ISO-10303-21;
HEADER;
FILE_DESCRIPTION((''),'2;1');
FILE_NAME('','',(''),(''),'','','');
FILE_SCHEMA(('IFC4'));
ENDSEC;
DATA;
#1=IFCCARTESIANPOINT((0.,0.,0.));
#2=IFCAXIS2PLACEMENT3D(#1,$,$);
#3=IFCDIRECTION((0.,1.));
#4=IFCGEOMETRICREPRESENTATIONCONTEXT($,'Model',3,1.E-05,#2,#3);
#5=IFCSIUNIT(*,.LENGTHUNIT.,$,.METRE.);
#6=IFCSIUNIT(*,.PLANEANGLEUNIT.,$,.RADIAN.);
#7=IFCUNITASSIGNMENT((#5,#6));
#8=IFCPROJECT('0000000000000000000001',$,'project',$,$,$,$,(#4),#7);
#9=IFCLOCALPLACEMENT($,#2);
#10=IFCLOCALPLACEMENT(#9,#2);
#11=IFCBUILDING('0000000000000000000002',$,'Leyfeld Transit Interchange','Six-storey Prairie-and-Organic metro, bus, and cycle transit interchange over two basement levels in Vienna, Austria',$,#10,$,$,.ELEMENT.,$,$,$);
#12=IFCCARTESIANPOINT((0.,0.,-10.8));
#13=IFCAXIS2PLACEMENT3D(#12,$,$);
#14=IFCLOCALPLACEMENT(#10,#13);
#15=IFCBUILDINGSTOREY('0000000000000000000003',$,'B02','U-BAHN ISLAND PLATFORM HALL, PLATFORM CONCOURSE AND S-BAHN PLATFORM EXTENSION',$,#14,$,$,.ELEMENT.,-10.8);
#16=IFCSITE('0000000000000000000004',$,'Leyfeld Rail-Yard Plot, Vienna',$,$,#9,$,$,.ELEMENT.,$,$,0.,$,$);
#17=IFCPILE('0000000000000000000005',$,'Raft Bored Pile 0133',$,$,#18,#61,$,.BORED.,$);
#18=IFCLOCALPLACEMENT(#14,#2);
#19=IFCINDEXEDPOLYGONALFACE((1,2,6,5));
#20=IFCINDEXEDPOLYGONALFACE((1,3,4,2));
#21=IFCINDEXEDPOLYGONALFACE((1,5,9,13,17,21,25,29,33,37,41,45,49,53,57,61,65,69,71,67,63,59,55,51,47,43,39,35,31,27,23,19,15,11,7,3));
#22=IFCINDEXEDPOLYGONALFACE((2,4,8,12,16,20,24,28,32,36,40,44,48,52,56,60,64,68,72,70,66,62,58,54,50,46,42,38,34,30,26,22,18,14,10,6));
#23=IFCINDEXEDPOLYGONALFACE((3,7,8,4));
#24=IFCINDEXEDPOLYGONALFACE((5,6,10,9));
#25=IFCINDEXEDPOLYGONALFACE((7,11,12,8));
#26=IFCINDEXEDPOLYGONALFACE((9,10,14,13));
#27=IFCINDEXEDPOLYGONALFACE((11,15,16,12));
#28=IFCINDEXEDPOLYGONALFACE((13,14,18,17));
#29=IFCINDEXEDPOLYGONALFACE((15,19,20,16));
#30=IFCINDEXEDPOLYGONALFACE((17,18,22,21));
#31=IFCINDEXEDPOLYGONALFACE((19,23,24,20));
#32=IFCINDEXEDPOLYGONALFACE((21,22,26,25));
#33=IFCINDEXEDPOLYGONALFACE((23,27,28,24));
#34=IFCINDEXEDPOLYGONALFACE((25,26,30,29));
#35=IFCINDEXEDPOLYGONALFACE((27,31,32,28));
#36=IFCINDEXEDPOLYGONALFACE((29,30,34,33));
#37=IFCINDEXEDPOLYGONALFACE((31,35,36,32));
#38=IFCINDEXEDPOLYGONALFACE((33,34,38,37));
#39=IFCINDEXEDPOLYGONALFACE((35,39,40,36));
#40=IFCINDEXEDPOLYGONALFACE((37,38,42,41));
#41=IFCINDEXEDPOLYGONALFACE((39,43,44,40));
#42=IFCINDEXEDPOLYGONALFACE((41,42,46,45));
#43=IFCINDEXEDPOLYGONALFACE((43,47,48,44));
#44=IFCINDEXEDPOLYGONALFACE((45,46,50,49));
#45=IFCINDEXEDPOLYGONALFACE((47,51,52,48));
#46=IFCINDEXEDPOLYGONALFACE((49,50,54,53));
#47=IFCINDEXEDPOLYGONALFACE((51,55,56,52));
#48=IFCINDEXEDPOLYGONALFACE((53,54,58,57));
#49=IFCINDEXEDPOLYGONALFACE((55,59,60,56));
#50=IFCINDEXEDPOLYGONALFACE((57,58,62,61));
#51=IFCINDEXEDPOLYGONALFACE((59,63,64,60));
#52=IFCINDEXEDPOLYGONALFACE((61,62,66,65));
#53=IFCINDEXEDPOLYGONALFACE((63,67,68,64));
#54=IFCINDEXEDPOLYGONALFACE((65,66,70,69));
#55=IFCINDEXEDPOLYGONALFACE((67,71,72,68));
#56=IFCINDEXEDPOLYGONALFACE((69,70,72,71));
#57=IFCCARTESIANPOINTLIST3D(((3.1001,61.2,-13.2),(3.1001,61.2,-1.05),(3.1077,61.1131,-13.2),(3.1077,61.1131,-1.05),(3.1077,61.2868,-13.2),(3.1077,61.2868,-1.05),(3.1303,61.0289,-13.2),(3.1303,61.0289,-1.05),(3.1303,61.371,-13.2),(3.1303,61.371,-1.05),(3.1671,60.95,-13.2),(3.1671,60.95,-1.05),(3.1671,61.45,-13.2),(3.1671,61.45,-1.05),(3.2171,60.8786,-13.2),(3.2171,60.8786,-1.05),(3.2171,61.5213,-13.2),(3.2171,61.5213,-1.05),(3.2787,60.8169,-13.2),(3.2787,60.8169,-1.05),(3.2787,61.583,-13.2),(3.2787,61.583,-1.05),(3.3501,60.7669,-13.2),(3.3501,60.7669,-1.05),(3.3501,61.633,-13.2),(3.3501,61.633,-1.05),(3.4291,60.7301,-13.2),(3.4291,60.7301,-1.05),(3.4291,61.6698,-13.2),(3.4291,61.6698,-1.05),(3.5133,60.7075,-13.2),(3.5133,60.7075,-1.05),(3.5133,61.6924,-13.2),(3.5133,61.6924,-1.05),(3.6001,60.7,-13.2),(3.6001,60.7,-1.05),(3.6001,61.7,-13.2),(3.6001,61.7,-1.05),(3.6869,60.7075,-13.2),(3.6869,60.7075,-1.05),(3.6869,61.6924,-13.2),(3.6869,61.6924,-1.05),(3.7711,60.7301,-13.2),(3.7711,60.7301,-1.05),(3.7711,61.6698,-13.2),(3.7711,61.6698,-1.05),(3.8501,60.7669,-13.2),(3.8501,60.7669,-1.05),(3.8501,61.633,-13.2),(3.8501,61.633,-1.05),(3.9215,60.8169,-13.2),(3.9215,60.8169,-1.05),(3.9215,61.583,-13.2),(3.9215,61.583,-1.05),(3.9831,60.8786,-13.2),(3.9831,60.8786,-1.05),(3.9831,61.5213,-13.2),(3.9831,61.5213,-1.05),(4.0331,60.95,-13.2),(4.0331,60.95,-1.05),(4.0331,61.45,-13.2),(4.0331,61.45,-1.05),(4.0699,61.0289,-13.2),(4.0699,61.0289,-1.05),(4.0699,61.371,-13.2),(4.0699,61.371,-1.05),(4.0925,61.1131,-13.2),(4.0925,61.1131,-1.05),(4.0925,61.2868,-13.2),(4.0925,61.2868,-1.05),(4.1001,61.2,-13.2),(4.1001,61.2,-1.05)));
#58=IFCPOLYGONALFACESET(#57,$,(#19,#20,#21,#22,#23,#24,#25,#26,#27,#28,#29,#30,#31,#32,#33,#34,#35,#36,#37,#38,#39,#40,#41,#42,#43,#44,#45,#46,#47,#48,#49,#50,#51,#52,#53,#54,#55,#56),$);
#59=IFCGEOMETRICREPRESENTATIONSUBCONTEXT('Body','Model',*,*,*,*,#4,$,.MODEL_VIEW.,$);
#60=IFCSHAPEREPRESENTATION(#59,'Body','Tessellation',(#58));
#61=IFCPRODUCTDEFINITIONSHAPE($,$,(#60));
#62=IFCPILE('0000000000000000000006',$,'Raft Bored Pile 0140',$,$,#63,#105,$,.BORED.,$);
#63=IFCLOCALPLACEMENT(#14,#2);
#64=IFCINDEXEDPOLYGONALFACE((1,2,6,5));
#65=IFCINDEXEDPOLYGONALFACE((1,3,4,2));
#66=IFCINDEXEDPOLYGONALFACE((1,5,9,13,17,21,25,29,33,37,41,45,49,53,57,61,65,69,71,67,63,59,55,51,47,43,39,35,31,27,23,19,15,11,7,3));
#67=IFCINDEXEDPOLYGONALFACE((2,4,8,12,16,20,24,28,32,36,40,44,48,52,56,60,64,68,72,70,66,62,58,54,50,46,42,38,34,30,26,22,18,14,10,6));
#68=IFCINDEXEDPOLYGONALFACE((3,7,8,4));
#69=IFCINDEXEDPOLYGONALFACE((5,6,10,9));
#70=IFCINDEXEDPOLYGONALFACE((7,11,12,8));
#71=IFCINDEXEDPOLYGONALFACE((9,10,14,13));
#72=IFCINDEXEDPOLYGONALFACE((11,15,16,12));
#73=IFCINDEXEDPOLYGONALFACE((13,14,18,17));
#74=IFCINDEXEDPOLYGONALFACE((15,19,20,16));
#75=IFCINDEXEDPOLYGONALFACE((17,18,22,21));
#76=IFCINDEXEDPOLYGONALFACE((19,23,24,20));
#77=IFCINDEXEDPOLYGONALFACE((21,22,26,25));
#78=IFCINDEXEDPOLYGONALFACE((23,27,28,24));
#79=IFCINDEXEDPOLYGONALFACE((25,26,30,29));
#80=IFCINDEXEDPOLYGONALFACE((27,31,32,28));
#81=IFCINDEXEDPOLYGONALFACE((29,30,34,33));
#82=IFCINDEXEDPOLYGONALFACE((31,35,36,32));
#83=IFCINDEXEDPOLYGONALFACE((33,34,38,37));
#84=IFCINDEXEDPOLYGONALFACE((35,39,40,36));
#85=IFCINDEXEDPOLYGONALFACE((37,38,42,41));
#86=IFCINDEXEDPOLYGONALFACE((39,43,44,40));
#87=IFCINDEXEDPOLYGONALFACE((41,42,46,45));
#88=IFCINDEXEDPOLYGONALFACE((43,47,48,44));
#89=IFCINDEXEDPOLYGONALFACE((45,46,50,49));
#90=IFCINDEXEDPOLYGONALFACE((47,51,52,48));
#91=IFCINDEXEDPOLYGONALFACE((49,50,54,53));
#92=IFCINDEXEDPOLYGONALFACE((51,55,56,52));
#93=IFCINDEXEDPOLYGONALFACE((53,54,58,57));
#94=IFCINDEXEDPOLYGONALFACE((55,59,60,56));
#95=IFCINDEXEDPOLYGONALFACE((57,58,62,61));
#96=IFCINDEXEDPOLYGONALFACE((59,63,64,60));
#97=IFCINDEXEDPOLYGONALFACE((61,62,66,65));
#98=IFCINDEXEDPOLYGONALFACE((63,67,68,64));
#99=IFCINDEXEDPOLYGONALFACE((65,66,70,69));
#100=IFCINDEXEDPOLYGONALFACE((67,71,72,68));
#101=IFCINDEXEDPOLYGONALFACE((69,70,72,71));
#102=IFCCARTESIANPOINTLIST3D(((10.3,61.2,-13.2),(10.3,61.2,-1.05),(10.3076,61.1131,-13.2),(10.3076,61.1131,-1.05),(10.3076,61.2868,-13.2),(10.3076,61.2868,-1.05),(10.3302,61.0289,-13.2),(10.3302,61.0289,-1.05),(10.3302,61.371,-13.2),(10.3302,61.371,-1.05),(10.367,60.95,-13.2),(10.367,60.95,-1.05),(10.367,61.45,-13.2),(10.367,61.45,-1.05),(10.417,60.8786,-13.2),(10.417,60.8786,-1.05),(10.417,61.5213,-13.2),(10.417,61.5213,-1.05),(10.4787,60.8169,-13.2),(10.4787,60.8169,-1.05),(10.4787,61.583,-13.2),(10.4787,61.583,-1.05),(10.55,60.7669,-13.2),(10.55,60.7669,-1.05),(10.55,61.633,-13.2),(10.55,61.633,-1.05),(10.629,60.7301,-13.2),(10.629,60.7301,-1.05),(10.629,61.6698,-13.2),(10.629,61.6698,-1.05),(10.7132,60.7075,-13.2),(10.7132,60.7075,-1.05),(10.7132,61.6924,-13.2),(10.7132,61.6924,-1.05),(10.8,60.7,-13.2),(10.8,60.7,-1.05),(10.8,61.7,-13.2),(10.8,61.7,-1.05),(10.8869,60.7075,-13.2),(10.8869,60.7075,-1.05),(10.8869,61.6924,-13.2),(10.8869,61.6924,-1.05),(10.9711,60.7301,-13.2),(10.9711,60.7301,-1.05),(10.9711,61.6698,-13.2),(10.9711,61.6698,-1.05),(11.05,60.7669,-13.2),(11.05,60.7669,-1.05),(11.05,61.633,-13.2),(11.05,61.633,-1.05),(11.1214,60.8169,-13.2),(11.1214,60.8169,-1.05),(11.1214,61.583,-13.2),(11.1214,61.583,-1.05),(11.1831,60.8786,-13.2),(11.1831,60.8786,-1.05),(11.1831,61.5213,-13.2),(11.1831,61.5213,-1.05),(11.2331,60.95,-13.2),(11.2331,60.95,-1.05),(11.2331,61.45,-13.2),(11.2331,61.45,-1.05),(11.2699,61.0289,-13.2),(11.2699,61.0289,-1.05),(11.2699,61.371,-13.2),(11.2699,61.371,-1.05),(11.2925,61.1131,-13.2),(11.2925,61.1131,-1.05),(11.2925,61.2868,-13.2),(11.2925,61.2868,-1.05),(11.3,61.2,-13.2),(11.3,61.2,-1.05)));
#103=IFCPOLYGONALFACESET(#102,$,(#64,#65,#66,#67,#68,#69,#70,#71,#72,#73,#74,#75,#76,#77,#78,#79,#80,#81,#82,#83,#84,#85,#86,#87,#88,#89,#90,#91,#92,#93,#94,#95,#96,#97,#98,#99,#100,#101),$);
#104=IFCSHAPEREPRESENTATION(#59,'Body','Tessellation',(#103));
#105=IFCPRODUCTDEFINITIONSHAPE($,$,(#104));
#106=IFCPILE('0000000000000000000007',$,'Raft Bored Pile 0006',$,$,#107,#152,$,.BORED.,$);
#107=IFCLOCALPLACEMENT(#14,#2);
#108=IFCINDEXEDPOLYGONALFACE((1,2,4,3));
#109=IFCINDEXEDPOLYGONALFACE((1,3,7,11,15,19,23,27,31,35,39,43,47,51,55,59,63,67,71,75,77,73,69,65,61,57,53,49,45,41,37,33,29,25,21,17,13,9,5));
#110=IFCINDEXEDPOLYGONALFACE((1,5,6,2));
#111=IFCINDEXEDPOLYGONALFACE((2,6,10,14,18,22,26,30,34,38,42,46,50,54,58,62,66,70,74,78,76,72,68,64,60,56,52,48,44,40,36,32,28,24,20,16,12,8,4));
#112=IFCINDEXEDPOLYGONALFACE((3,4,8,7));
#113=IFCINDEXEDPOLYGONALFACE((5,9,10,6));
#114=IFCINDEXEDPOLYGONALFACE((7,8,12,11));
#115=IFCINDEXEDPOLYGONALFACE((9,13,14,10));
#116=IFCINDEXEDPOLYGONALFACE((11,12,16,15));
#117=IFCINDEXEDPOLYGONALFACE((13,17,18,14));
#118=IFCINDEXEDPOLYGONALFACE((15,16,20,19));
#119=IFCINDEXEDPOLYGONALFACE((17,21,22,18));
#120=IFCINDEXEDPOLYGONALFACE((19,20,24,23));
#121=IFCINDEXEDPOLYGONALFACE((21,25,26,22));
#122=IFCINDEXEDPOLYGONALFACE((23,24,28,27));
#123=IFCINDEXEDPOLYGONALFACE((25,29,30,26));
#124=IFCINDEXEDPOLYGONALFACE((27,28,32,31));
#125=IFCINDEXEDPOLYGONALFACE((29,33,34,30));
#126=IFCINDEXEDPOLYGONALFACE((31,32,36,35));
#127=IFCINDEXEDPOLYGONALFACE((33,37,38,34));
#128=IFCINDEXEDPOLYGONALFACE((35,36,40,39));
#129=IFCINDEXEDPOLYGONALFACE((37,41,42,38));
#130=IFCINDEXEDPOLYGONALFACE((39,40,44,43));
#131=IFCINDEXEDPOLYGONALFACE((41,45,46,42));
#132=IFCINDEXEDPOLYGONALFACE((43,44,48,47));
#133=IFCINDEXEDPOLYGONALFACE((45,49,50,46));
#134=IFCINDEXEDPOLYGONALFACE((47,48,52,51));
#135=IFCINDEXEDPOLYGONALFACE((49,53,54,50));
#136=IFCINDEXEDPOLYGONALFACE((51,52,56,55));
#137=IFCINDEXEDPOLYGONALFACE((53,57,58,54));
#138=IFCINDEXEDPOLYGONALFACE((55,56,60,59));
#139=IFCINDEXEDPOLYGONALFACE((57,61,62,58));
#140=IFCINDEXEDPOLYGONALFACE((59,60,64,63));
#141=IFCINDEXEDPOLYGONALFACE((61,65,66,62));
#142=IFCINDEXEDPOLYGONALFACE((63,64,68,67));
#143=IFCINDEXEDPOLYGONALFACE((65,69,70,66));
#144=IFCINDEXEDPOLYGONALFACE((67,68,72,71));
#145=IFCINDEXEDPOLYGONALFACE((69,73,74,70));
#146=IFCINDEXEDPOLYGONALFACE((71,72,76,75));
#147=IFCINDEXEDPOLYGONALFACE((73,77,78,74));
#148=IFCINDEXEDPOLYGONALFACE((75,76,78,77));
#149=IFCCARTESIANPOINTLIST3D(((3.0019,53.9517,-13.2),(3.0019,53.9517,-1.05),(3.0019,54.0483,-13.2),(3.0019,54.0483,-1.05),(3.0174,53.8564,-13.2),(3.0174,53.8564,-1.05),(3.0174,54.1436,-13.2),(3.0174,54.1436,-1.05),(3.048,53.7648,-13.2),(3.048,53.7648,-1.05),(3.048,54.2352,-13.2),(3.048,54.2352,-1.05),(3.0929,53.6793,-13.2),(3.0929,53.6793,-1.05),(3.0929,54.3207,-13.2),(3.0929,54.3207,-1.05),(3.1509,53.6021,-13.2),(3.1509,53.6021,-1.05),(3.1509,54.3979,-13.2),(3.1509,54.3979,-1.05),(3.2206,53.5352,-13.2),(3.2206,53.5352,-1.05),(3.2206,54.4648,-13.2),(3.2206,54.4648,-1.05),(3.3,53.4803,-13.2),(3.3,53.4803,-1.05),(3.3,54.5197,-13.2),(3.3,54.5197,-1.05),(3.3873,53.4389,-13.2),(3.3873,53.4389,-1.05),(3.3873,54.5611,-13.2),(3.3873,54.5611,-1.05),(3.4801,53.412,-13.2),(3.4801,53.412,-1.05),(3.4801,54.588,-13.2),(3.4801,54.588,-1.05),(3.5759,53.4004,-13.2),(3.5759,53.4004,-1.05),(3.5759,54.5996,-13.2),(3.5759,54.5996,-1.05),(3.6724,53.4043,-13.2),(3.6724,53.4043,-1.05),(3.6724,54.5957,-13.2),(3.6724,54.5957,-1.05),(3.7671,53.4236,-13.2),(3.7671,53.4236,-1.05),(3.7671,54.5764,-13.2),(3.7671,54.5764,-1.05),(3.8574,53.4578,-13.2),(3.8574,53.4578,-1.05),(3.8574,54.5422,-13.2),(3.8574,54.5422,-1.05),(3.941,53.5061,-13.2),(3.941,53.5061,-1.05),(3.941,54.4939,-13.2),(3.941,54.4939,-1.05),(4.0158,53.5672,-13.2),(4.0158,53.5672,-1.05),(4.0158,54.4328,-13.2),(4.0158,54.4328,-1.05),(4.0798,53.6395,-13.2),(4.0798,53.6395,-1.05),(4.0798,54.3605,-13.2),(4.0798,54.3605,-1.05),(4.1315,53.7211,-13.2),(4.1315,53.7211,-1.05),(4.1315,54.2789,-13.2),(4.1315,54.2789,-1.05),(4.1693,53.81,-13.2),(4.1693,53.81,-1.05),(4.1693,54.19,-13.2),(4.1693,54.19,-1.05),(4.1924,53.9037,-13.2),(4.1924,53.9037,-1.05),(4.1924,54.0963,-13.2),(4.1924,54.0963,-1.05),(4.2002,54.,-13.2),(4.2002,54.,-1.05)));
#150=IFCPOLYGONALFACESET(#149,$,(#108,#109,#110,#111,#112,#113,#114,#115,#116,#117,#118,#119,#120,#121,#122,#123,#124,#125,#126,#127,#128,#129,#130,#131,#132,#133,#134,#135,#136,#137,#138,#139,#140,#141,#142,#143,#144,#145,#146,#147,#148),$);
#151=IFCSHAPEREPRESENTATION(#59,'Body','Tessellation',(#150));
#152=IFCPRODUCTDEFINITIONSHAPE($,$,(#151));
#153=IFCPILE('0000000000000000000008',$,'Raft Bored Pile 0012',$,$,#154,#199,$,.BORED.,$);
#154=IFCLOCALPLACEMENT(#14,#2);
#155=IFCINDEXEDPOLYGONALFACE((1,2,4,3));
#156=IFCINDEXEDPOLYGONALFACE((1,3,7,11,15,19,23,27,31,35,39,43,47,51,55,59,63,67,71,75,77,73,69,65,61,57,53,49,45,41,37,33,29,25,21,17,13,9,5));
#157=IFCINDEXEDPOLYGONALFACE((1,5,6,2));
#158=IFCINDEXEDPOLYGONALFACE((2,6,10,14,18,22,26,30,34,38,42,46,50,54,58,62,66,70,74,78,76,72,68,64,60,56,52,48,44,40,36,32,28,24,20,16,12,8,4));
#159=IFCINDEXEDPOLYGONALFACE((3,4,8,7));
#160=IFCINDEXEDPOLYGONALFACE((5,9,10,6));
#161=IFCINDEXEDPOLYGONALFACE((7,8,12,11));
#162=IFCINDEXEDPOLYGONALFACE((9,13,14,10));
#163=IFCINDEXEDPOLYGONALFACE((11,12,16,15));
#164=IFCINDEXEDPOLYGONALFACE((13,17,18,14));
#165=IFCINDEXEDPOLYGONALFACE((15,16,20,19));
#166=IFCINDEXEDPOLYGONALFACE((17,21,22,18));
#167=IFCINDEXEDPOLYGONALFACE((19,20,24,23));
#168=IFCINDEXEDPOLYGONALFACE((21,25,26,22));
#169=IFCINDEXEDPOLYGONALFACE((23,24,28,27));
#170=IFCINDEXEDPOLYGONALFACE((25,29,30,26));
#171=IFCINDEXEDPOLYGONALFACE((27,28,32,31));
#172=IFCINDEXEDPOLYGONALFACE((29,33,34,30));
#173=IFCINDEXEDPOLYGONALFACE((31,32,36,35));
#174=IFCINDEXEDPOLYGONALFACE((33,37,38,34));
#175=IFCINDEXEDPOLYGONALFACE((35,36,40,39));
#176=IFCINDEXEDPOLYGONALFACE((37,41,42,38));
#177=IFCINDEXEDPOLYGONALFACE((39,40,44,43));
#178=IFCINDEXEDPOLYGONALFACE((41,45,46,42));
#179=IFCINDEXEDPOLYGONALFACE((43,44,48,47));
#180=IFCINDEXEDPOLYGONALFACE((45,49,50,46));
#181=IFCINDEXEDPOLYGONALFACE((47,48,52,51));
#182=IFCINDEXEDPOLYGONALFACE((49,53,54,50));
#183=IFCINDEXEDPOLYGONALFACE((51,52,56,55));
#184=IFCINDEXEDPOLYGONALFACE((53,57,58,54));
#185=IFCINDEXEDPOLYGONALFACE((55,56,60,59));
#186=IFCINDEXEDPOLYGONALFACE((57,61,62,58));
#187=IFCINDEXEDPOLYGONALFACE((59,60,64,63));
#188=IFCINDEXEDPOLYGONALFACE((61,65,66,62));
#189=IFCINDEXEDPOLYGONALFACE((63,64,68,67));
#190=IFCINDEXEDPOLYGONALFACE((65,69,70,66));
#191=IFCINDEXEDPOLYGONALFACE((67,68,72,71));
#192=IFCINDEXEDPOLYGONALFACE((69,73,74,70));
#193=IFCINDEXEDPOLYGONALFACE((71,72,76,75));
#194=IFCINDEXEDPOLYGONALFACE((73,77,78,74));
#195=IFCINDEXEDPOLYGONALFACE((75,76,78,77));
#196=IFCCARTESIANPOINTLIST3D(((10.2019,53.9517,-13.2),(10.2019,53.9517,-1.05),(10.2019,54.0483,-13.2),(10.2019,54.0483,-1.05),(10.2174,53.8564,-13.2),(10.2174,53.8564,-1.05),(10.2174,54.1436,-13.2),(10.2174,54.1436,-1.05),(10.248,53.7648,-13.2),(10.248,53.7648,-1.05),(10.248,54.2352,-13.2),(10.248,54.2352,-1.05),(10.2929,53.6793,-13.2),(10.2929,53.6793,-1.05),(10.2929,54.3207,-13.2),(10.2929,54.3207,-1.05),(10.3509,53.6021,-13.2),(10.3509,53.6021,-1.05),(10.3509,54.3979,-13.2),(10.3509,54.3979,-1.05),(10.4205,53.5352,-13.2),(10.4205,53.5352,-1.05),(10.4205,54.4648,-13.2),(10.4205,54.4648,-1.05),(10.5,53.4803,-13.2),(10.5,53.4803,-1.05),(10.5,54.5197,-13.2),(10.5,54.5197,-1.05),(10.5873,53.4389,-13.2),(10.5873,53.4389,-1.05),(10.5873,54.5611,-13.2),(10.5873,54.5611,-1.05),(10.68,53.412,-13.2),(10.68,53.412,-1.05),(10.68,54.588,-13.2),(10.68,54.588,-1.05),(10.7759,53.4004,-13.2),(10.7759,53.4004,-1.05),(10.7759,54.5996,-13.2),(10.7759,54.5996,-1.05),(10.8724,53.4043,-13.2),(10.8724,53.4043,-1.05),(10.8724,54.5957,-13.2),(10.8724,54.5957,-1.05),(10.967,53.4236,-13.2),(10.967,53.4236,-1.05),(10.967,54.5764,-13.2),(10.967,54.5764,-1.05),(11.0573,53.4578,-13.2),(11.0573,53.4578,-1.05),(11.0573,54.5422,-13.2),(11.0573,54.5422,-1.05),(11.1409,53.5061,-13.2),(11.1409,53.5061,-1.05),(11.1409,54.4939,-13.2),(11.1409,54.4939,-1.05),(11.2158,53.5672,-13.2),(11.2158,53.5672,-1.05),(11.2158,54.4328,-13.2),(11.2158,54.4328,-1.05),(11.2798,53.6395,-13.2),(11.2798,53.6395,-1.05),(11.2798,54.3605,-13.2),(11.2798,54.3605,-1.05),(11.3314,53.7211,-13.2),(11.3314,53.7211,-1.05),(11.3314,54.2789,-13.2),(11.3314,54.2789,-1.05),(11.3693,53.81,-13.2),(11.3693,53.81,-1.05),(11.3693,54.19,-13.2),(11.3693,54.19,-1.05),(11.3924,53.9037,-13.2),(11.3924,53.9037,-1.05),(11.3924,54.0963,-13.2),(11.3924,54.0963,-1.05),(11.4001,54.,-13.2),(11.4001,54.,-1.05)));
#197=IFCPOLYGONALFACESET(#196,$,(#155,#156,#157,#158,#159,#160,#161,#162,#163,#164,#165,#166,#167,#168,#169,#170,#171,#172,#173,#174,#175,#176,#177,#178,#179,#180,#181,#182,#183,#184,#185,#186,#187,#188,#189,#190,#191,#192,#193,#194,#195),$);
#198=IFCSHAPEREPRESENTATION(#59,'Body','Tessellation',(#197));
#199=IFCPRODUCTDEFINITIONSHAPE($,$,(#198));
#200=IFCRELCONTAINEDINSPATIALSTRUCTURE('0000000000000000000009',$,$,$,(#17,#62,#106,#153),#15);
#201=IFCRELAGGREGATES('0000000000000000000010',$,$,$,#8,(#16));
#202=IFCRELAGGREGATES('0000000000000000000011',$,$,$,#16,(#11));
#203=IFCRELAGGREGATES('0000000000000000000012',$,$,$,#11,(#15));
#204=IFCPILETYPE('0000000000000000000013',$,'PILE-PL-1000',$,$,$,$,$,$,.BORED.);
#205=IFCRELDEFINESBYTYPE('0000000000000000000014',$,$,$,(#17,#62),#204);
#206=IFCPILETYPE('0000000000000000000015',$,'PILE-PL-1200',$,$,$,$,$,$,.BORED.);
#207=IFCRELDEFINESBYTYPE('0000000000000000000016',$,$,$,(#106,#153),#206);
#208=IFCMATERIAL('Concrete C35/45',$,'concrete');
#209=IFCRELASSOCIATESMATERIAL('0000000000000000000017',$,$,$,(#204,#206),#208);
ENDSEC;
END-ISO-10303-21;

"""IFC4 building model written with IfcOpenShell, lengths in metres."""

from ifc_helpers import new_model, si_unit, direction, frame, origin, origin_2d, place, context, subcontext, project, spatial, circle, extrude, material, material_profile, profile_set, type_object, element, save


model = new_model("IFC4")

# Units and contexts
model_context = context("Model", 3, precision=1e-05, world=origin(), true_north=direction((0.0, 1.0)))
body_context = subcontext(model_context, "Body", "Model", "MODEL_VIEW")
ifc_project = project(units=[si_unit("LENGTHUNIT", "METRE"), si_unit("PLANEANGLEUNIT", "RADIAN")], contexts=[model_context])

# Site, building, storey
site_placement = place(None, origin())
site = spatial("IfcSite", under=ifc_project, at=site_placement, Name="Leyfeld Rail-Yard Plot, Vienna", CompositionType="ELEMENT", RefElevation=0.0)
building_placement = place(site_placement, origin())
building = spatial("IfcBuilding", under=site, at=building_placement, Name="Leyfeld Transit Interchange", Description="Six-storey Prairie-and-Organic metro, bus, and cycle transit interchange over two basement levels in Vienna, Austria", CompositionType="ELEMENT")
storey_placement = place(building_placement, frame((0.0, 0.0, -10.8)))
storey = spatial("IfcBuildingStorey", under=building, at=storey_placement, Name="B02", Description="U-BAHN ISLAND PLATFORM HALL, PLATFORM CONCOURSE AND S-BAHN PLATFORM EXTENSION", CompositionType="ELEMENT", Elevation=-10.8)

# Piles
ifc_material_1 = material(Name="Concrete C35/45", Category="concrete")
ifc_material_profile_1 = material_profile(ifc_material_1, circle(Radius=0.5, at=origin_2d()), Name="PILE D1000")
ifc_profile_set_1 = profile_set([ifc_material_profile_1], Name="Concrete C35/45")
pile_type_1 = type_object("IfcPileType", Name="PILE-PL-1000", PredefinedType="BORED", material=ifc_profile_set_1)
for number, where, z_axis, x_axis, name in (
    (1, (3.6001, 61.2, -1.05), (0.0, 0.0, -1.0), (1.0, 0.0, 0.0), "Raft Bored Pile 0133"),
    (2, (10.8, 61.2, -1.05), (0.0, 0.0, -1.0), (1.0, 0.0, 0.0), "Raft Bored Pile 0140"),
):
    element("IfcPile", number, at=place(storey_placement, frame(where, z_axis=z_axis, x_axis=x_axis)), inside=storey, type_object=pile_type_1, Name=name, PredefinedType="BORED", context=body_context, shape_type="SweptSolid", body=[
        extrude(circle(Radius=0.5, at=origin_2d()), origin(), (0.0, 0.0, 1.0), 12.1499),
    ])
ifc_material_profile_2 = material_profile(ifc_material_1, circle(Radius=0.6001, at=origin_2d()), Name="PILE D1200")
ifc_profile_set_2 = profile_set([ifc_material_profile_2], Name="Concrete C35/45")
pile_type_2 = type_object("IfcPileType", Name="PILE-PL-1200", PredefinedType="BORED", material=ifc_profile_set_2)
for number, where, z_axis, x_axis, name in (
    (3, (3.6001, 54.0, -1.05), (0.0, 0.0, -1.0), (1.0, 0.0, 0.0), "Raft Bored Pile 0006"),
    (4, (10.8, 54.0, -1.05), (0.0, 0.0, -1.0), (1.0, 0.0, 0.0), "Raft Bored Pile 0012"),
):
    element("IfcPile", number, at=place(storey_placement, frame(where, z_axis=z_axis, x_axis=x_axis)), inside=storey, type_object=pile_type_2, Name=name, PredefinedType="BORED", context=body_context, shape_type="SweptSolid", body=[
        extrude(circle(Radius=0.6001, at=origin_2d()), origin(), (0.0, 0.0, 1.0), 12.1499),
    ])

save(model, "model.ifc")
